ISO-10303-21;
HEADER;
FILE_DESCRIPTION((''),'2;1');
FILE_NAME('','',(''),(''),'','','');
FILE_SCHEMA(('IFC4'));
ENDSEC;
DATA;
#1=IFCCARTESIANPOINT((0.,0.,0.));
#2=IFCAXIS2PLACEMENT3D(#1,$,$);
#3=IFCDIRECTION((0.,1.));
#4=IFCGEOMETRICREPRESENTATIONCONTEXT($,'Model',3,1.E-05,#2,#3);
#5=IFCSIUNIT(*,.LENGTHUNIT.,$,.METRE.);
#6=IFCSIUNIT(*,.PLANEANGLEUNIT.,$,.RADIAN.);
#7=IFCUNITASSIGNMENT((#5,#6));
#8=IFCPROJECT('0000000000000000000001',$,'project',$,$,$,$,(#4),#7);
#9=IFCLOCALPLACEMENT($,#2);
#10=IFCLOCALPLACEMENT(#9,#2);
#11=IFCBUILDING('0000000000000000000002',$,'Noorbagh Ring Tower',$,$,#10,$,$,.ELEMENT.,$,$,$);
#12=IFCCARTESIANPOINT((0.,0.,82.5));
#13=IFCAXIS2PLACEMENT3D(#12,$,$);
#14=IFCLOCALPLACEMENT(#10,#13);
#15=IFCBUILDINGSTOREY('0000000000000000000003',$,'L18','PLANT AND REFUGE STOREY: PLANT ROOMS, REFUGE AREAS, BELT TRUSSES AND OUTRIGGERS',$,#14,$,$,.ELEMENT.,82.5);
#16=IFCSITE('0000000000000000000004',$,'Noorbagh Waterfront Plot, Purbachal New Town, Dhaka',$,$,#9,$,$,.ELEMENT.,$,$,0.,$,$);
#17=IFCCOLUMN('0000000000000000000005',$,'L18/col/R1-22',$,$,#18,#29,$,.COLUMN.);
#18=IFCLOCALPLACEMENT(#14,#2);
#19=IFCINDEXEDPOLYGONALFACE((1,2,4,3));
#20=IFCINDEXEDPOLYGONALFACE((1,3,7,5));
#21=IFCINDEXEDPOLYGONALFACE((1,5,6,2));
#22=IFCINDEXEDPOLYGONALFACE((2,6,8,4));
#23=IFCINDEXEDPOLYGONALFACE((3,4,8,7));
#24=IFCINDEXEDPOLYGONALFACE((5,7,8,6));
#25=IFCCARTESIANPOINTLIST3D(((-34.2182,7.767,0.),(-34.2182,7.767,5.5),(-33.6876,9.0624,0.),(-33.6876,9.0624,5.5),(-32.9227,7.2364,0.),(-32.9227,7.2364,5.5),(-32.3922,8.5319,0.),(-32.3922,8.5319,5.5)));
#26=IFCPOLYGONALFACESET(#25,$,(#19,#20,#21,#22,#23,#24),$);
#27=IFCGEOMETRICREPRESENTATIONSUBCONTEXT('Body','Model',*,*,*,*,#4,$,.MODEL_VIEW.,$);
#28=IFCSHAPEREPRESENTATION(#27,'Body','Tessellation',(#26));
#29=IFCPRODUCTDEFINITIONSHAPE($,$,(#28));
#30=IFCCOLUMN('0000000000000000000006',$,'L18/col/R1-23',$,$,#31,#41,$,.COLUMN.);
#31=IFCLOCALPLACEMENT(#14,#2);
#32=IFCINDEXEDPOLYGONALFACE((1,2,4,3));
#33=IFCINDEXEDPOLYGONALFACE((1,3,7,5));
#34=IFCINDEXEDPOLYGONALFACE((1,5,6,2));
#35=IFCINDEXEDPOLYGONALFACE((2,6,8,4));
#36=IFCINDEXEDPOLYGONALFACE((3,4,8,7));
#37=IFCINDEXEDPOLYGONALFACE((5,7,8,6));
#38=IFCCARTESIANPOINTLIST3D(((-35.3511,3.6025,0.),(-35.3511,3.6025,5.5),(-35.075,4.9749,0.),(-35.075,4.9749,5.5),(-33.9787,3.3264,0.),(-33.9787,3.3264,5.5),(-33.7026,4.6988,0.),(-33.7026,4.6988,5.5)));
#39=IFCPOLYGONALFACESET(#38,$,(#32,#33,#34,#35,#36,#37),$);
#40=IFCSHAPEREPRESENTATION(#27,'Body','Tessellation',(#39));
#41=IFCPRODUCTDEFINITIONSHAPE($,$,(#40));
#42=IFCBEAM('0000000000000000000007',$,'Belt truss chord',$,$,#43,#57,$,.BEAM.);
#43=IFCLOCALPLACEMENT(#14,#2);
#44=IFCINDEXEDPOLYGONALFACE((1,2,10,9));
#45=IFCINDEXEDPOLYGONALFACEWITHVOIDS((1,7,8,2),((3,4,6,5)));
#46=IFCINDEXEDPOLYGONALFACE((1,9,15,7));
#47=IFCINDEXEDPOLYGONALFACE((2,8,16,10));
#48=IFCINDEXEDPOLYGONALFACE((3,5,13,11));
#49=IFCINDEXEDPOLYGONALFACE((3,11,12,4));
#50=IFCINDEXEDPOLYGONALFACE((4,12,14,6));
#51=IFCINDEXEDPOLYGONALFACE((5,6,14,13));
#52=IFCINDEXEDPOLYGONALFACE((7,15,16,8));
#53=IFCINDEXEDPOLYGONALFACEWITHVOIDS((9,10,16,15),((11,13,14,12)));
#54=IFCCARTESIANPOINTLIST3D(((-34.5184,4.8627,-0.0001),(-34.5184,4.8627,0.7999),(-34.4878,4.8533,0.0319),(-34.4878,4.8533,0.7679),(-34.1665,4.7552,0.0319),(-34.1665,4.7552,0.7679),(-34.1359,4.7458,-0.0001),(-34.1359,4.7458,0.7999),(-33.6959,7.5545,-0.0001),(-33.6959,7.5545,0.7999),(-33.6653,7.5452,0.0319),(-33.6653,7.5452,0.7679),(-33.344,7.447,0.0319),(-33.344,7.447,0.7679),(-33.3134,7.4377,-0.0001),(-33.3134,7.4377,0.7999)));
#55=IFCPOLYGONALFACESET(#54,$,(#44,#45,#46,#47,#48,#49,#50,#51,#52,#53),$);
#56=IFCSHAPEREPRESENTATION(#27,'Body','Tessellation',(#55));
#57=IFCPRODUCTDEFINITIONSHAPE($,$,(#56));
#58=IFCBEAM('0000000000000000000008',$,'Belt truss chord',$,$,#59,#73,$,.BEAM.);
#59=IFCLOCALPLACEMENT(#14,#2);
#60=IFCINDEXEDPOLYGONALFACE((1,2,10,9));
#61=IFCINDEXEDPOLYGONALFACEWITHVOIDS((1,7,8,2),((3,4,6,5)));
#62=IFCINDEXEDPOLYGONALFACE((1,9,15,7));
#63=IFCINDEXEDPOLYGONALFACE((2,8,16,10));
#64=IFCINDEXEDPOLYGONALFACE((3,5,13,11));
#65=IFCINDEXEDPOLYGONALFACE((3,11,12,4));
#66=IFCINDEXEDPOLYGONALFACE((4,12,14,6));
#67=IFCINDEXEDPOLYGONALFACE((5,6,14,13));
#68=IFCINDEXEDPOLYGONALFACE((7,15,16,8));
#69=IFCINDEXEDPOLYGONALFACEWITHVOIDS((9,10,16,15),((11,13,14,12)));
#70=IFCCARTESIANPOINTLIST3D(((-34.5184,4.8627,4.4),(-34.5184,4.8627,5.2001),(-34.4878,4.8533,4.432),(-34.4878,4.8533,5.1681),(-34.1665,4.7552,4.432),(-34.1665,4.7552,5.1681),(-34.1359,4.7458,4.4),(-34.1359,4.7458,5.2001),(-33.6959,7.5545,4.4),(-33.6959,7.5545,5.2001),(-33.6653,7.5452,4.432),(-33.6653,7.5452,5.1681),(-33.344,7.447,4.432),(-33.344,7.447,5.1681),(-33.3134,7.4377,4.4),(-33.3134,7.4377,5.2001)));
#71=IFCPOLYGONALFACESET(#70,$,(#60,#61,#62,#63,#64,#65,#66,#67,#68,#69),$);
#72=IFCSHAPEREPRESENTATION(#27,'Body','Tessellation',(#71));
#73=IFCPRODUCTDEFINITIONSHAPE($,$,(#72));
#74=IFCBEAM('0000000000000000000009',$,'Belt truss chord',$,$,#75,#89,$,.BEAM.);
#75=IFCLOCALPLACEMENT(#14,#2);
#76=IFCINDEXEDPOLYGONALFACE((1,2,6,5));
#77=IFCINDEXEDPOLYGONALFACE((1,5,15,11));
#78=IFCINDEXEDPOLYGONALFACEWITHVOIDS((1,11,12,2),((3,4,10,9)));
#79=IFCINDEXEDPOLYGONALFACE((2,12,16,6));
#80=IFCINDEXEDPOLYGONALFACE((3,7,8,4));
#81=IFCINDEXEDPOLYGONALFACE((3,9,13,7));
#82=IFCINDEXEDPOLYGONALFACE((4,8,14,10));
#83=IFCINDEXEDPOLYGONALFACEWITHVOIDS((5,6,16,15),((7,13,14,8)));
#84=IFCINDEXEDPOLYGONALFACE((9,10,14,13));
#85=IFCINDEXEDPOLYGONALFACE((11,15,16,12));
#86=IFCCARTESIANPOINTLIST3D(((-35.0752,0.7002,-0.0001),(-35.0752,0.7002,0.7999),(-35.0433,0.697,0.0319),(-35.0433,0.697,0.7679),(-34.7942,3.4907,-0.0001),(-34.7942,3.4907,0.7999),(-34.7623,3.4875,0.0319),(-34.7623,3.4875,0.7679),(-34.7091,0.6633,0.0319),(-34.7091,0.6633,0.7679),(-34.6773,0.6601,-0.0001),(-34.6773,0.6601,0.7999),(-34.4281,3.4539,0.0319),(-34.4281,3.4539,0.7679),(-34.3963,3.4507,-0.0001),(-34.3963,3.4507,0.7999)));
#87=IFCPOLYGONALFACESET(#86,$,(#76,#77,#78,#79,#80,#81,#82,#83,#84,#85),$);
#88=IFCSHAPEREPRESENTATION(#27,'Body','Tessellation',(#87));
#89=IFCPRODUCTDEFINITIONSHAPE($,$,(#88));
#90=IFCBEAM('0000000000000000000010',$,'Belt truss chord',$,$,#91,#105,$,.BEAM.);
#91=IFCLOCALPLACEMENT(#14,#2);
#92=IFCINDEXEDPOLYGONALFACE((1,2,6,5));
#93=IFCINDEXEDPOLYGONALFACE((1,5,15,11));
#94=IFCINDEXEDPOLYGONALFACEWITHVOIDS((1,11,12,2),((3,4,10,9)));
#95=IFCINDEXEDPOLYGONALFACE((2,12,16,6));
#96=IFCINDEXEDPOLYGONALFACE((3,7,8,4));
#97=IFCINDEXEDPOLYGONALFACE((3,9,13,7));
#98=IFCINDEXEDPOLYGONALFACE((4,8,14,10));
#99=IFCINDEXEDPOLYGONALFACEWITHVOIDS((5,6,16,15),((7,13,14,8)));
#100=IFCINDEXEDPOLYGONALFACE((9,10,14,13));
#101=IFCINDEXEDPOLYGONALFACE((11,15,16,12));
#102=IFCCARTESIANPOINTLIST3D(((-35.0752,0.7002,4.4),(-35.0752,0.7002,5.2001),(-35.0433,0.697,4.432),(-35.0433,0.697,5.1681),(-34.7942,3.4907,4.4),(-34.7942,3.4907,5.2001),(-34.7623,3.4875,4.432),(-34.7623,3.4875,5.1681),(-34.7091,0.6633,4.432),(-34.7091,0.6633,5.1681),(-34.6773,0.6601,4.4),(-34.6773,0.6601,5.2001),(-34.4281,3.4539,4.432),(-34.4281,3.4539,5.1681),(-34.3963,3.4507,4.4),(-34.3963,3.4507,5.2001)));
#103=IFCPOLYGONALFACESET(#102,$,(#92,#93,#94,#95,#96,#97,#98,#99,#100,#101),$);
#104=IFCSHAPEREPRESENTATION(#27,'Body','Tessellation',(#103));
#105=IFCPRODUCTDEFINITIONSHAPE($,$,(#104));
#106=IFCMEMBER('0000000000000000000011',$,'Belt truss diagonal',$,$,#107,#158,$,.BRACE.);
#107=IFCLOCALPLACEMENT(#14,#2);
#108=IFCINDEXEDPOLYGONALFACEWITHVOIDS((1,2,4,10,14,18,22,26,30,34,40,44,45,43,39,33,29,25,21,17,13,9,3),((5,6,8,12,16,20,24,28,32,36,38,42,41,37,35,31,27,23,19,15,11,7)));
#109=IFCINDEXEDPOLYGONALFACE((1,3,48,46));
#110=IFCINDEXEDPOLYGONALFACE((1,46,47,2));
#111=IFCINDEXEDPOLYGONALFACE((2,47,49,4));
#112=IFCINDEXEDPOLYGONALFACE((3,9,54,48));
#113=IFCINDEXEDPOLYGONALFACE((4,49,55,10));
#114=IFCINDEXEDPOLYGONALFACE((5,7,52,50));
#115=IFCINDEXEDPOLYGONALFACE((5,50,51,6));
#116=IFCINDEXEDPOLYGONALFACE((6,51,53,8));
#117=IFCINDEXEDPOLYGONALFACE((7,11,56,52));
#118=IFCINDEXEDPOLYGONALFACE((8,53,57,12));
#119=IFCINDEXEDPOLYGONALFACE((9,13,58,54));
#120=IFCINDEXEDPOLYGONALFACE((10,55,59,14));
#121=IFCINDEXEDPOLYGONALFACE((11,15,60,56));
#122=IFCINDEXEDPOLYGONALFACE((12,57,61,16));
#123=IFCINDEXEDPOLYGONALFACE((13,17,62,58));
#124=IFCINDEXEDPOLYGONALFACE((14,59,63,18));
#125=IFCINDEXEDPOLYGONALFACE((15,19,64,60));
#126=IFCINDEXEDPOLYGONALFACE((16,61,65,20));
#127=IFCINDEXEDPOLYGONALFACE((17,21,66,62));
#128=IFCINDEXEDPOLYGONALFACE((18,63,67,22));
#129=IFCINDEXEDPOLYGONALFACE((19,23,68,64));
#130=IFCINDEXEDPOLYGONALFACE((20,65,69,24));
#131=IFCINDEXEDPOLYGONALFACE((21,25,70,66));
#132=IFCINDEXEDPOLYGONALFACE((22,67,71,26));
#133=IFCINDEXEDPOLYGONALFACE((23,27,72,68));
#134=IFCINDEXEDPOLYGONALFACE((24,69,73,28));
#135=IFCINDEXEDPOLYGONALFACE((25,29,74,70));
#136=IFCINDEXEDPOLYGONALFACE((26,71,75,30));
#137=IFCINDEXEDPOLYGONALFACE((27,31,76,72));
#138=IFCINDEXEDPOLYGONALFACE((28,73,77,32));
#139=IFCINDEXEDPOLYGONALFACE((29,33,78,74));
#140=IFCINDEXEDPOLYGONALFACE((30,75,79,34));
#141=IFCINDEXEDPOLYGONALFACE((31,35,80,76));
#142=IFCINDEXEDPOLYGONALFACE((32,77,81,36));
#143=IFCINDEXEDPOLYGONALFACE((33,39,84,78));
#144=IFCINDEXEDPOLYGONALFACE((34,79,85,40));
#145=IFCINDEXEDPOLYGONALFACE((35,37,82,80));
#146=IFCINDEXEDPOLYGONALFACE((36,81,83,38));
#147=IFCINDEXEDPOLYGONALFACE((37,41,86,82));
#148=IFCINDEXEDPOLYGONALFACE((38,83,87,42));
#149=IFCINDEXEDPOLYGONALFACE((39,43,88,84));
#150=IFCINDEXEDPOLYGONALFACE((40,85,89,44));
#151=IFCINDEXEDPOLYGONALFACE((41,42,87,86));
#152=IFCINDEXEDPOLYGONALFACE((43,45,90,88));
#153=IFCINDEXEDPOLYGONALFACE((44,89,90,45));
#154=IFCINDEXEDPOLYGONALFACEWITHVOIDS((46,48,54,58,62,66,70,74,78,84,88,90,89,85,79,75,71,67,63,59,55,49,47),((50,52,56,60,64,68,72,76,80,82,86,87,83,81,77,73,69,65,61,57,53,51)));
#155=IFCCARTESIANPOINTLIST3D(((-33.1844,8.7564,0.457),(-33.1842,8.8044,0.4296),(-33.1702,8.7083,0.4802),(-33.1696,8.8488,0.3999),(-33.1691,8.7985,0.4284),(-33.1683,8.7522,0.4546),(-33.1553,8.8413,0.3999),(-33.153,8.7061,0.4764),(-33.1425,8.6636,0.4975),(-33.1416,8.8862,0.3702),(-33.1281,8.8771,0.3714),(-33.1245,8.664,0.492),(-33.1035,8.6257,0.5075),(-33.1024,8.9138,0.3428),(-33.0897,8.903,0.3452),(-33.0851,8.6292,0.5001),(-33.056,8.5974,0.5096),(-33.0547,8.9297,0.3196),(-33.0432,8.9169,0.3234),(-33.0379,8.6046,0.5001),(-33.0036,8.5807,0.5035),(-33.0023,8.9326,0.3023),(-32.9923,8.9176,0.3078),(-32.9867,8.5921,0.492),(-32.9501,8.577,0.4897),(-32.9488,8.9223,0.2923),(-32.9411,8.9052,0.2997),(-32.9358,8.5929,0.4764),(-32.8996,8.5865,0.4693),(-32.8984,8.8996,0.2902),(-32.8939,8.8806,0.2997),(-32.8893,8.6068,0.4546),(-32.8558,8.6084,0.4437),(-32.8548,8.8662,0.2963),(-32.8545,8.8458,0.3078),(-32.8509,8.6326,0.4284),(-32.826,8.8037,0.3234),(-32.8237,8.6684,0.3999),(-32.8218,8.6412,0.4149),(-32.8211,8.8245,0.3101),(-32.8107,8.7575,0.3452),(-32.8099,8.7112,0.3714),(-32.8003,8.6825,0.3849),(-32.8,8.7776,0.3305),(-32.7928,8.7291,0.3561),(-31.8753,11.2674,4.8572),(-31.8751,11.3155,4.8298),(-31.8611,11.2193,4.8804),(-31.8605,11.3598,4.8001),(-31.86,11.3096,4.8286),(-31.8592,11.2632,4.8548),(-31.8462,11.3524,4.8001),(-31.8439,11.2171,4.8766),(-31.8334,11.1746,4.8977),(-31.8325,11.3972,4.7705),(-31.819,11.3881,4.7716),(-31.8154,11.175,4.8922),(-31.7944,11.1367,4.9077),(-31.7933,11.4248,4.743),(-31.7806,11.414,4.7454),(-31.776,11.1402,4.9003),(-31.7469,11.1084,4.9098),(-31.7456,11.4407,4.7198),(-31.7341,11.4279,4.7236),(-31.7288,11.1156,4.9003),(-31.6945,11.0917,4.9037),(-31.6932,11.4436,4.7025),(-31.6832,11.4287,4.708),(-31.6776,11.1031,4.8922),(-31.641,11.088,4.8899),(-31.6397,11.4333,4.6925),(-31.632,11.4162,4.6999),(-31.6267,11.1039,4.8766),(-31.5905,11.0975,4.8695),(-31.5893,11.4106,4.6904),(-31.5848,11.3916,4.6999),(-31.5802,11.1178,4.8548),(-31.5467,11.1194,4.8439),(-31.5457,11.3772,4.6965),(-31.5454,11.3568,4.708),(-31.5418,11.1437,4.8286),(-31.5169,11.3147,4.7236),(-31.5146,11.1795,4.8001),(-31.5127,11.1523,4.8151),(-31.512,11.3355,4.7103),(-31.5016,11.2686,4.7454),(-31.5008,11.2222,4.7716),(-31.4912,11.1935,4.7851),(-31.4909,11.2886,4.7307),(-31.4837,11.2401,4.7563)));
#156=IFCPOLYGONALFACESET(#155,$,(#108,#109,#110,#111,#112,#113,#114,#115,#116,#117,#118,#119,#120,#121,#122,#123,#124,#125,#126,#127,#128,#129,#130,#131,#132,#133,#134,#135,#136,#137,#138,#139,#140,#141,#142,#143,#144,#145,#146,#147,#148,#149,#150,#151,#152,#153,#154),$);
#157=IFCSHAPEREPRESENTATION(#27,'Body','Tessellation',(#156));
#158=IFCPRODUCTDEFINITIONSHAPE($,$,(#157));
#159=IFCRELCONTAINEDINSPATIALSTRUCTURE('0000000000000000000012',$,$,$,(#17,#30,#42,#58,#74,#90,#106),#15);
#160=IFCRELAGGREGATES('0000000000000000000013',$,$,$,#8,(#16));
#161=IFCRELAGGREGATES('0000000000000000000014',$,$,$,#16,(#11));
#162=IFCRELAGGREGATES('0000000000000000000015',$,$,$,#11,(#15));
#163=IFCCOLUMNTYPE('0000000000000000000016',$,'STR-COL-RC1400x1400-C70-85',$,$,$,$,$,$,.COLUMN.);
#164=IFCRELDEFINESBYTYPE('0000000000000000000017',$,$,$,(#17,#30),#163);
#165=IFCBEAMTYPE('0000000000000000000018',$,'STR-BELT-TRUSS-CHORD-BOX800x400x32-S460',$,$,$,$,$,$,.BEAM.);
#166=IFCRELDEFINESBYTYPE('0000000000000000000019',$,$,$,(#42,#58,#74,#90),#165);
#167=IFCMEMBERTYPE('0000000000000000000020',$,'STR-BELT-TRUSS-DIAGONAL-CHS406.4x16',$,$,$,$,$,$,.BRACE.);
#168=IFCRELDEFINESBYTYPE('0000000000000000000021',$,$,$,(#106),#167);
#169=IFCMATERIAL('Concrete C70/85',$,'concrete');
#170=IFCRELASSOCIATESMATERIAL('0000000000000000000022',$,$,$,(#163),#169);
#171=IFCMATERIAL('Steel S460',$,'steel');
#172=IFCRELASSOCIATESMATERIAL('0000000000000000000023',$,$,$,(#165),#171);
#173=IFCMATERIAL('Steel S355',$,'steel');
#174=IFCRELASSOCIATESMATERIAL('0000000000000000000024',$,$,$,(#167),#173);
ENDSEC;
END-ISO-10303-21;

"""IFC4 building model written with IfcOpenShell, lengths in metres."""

from ifc_helpers import new_model, si_unit, direction, frame, origin, origin_2d, place, context, subcontext, project, spatial, rectangle, hollow_rectangle, hollow_circle, extrude, material, material_profile, profile_set, type_object, element, save


model = new_model("IFC4")

# Units and contexts
model_context = context("Model", 3, precision=1e-05, world=origin(), true_north=direction((0.0, 1.0)))
body_context = subcontext(model_context, "Body", "Model", "MODEL_VIEW")
ifc_project = project(units=[si_unit("LENGTHUNIT", "METRE"), si_unit("PLANEANGLEUNIT", "RADIAN")], contexts=[model_context])

# Site, building, storey
site_placement = place(None, origin())
site = spatial("IfcSite", under=ifc_project, at=site_placement, Name="Noorbagh Waterfront Plot, Purbachal New Town, Dhaka", CompositionType="ELEMENT", RefElevation=0.0)
building_placement = place(site_placement, origin())
building = spatial("IfcBuilding", under=site, at=building_placement, Name="Noorbagh Ring Tower", CompositionType="ELEMENT")
storey_placement = place(building_placement, frame((0.0, 0.0, 82.5)))
storey = spatial("IfcBuildingStorey", under=building, at=storey_placement, Name="L18", Description="PLANT AND REFUGE STOREY: PLANT ROOMS, REFUGE AREAS, BELT TRUSSES AND OUTRIGGERS", CompositionType="ELEMENT", Elevation=82.5)

# Columns
ifc_material_1 = material(Name="Concrete C70/85", Category="concrete")
ifc_material_profile_1 = material_profile(ifc_material_1, rectangle(XDim=1.3999, YDim=1.3999, at=origin_2d()), Name="RC1400x1400")
ifc_profile_set_1 = profile_set([ifc_material_profile_1], Name="Concrete C70/85")
column_type = type_object("IfcColumnType", Name="STR-COL-RC1400x1400-C70-85", PredefinedType="COLUMN", material=ifc_profile_set_1)
for number, where, z_axis, x_axis, name in (
    (1, (-33.3052, 8.1494, 0.0), (0.0, 0.0, 1.0), (-0.378989, -0.925401, 0.0), "L18/col/R1-22"),
    (2, (-34.5269, 4.1506, 0.0), (0.0, 0.0, 1.0), (-0.19723, -0.980357, 0.0), "L18/col/R1-23"),
):
    element("IfcColumn", number, at=place(storey_placement, frame(where, z_axis=z_axis, x_axis=x_axis)), inside=storey, type_object=column_type, Name=name, PredefinedType="COLUMN", context=body_context, shape_type="SweptSolid", body=[
        extrude(rectangle(XDim=1.3999, YDim=1.3999, at=origin_2d()), origin(), (0.0, 0.0, 1.0), 5.5),
    ])

# Beams
ifc_material_2 = material(Name="Steel S460", Category="steel")
ifc_material_profile_2 = material_profile(ifc_material_2, hollow_rectangle(XDim=0.3999, YDim=0.8, WallThickness=0.032, at=origin_2d()), Name="BOX800x400x32")
ifc_profile_set_2 = profile_set([ifc_material_profile_2], Name="Steel S460")
beam_type_1 = type_object("IfcBeamType", Name="STR-BELT-TRUSS-CHORD-BOX800x400x32-S460", PredefinedType="BEAM", material=ifc_profile_set_2)
for number, where, z_axis, x_axis, name in (
    (3, (-33.5046, 7.4961, 0.3999), (-0.292214, -0.956353, 0.0), (0.956353, -0.292214, 0.0), "Belt truss chord"),
    (4, (-33.5046, 7.4961, 4.8), (-0.292214, -0.956353, 0.0), (0.956353, -0.292214, 0.0), "Belt truss chord"),
):
    element("IfcBeam", number, at=place(storey_placement, frame(where, z_axis=z_axis, x_axis=x_axis)), inside=storey, type_object=beam_type_1, Name=name, PredefinedType="BEAM", context=body_context, shape_type="SweptSolid", body=[
        extrude(hollow_rectangle(XDim=0.3999, YDim=0.8, WallThickness=0.032, at=origin_2d()), origin(), (0.0, 0.0, 1.0), 2.8147),
    ])
for number, where, z_axis, x_axis, name in (
    (5, (-34.5952, 3.4707, 0.3999), (-0.100193, -0.994968, 0.0), (0.994968, -0.100193, 0.0), "Belt truss chord"),
    (6, (-34.5952, 3.4707, 4.8), (-0.100193, -0.994968, 0.0), (0.994968, -0.100193, 0.0), "Belt truss chord"),
):
    element("IfcBeam", number, at=place(storey_placement, frame(where, z_axis=z_axis, x_axis=x_axis)), inside=storey, type_object=beam_type_1, Name=name, PredefinedType="BEAM", context=body_context, shape_type="SweptSolid", body=[
        extrude(hollow_rectangle(XDim=0.3999, YDim=0.8, WallThickness=0.032, at=origin_2d()), origin(), (0.0, 0.0, 1.0), 2.8047),
    ])

# Member
ifc_material_3 = material(Name="Steel S355", Category="steel")
ifc_material_profile_3 = material_profile(ifc_material_3, hollow_circle(Radius=0.2031, WallThickness=0.0161, at=origin_2d()), Name="CHS406.4x16")
ifc_profile_set_3 = profile_set([ifc_material_profile_3], Name="Steel S355")
member_type_1 = type_object("IfcMemberType", Name="STR-BELT-TRUSS-DIAGONAL-CHS406.4x16", PredefinedType="BRACE", material=ifc_profile_set_3)
member_1_placement = place(storey_placement, frame((-32.9895, 8.7549, 0.3999), z_axis=(0.250178, 0.479874, 0.840911), x_axis=(-0.886729, 0.462289, 0.0)))
element("IfcMember", 7, at=member_1_placement, inside=storey, type_object=member_type_1, Name="Belt truss diagonal", PredefinedType="BRACE", context=body_context, shape_type="SweptSolid", body=[
    extrude(hollow_circle(Radius=0.2031, WallThickness=0.0161, at=origin_2d()), origin(), (0.0, 0.0, 1.0), 5.2327),
])

save(model, "model.ifc")
